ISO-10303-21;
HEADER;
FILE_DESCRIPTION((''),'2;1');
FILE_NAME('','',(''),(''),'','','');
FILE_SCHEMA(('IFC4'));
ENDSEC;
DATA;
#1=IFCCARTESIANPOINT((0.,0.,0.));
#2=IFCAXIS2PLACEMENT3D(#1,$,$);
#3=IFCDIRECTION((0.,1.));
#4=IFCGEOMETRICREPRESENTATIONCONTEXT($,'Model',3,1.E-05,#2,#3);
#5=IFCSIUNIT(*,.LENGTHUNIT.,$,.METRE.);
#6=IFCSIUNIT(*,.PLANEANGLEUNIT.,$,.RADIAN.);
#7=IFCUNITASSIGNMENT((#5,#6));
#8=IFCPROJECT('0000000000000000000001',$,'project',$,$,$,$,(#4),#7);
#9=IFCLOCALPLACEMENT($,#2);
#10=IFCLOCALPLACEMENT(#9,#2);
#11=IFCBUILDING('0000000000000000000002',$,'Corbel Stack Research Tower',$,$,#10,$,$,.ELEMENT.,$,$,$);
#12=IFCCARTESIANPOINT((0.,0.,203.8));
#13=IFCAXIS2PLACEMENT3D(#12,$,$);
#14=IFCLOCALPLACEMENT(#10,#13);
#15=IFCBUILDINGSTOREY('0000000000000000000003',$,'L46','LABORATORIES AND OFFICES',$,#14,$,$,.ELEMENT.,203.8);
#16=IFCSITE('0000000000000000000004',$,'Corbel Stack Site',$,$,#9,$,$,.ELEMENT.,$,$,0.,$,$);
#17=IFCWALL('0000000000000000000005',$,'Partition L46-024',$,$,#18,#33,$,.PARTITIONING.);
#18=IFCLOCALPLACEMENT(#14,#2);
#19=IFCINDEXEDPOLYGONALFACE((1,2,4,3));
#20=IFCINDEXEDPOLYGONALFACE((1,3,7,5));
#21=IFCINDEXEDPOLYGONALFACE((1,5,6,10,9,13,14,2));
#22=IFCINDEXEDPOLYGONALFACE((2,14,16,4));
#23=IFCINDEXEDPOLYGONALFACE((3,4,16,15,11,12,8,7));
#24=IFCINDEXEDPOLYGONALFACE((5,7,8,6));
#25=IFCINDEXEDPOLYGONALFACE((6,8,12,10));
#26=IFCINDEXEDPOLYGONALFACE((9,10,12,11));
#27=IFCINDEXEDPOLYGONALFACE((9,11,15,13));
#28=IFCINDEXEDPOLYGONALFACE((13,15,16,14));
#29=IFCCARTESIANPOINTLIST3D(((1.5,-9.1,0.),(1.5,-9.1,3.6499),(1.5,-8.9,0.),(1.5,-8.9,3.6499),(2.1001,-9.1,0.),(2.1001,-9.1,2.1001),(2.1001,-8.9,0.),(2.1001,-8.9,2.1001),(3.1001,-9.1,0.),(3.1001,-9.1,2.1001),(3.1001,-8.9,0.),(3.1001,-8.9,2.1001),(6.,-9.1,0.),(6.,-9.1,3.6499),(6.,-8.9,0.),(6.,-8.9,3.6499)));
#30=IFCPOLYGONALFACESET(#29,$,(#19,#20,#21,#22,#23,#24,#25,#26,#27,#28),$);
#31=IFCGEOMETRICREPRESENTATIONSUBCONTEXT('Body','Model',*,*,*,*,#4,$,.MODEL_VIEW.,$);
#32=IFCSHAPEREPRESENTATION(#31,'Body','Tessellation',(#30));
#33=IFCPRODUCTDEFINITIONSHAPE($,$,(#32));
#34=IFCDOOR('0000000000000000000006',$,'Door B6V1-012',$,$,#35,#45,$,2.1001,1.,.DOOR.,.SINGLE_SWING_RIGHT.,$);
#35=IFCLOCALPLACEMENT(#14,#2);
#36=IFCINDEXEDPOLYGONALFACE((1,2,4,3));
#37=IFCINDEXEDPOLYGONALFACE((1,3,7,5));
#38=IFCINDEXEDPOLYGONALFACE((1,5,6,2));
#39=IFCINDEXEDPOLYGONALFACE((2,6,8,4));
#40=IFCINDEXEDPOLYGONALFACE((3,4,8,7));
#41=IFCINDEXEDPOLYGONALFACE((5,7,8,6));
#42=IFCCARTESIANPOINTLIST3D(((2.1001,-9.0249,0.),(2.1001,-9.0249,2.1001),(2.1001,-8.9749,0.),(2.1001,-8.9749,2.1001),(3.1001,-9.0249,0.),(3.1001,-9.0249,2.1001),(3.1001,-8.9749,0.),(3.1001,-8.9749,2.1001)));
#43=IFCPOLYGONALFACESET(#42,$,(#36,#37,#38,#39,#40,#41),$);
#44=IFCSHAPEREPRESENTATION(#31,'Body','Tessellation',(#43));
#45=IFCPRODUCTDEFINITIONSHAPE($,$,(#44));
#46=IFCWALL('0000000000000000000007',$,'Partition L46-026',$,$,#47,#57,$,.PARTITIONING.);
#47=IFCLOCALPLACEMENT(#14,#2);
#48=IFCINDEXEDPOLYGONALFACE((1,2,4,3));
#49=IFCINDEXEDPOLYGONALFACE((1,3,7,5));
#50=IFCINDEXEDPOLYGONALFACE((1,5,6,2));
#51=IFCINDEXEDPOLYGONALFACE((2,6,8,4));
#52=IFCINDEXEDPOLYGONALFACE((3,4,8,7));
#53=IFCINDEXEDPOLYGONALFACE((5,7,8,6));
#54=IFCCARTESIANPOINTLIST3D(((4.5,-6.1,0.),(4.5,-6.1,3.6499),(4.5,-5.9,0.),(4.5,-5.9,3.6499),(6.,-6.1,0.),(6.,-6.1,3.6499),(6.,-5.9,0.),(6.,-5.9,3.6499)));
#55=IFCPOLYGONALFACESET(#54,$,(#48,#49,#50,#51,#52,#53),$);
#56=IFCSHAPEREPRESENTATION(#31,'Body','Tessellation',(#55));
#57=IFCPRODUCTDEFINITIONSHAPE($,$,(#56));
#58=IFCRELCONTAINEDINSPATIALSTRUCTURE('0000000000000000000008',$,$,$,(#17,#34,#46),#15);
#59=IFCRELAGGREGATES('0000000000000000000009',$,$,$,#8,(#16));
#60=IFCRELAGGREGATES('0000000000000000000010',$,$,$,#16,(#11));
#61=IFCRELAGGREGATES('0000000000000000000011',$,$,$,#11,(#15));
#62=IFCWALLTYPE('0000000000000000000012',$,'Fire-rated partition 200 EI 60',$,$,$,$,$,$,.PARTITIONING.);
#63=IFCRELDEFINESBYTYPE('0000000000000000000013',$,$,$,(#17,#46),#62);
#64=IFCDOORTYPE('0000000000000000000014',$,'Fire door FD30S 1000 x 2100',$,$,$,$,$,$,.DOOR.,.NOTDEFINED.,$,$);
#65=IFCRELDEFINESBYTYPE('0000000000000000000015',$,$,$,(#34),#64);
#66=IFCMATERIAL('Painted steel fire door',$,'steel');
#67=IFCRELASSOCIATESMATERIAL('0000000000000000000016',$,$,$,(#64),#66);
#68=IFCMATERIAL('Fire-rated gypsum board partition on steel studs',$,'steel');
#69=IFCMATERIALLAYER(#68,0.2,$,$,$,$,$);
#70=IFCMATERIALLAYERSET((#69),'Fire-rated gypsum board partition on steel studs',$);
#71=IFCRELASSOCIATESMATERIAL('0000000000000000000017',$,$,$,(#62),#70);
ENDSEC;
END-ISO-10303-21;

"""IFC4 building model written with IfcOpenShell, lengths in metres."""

from ifc_helpers import new_model, si_unit, direction, frame, frame_2d, origin, place, context, subcontext, project, spatial, rectangle, extrude, material, layer, layer_set, type_object, element, fill, save


model = new_model("IFC4")

# Units and contexts
model_context = context("Model", 3, precision=1e-05, world=origin(), true_north=direction((0.0, 1.0)))
body_context = subcontext(model_context, "Body", "Model", "MODEL_VIEW")
ifc_project = project(units=[si_unit("LENGTHUNIT", "METRE"), si_unit("PLANEANGLEUNIT", "RADIAN")], contexts=[model_context])

# Site, building, storey
site_placement = place(None, origin())
site = spatial("IfcSite", under=ifc_project, at=site_placement, Name="Corbel Stack Site", CompositionType="ELEMENT", RefElevation=0.0)
building_placement = place(site_placement, origin())
building = spatial("IfcBuilding", under=site, at=building_placement, Name="Corbel Stack Research Tower", CompositionType="ELEMENT")
storey_placement = place(building_placement, frame((0.0, 0.0, 203.8)))
storey = spatial("IfcBuildingStorey", under=building, at=storey_placement, Name="L46", Description="LABORATORIES AND OFFICES", CompositionType="ELEMENT", Elevation=203.8)

# Shared definitions
ifc_material_1 = material(Name="Painted steel fire door", Category="steel")
door_type_1 = type_object("IfcDoorType", Name="Fire door FD30S 1000 x 2100", OperationType="NOTDEFINED", PredefinedType="DOOR", material=ifc_material_1)
ifc_material_2 = material(Name="Fire-rated gypsum board partition on steel studs", Category="steel")
ifc_layer_1 = layer(ifc_material_2, 0.2)
ifc_layer_set_1 = layer_set([ifc_layer_1], Name="Fire-rated gypsum board partition on steel studs")
wall_type_1 = type_object("IfcWallType", Name="Fire-rated partition 200 EI 60", PredefinedType="PARTITIONING", material=ifc_layer_set_1)

# Wall, opening, door
wall_1_placement = place(storey_placement, frame((6.0, -9.0, 0.0), z_axis=(0.0, 0.0, 1.0), x_axis=(-1.0, 0.0, 0.0)))
wall_1 = element("IfcWall", 1, at=wall_1_placement, inside=storey, type_object=wall_type_1, Name="Partition L46-024", PredefinedType="PARTITIONING", context=body_context, shape_type="SweptSolid", body=[
    extrude(rectangle(XDim=4.5, YDim=0.2, at=frame_2d((2.25, 0.0))), origin(), (0.0, 0.0, 1.0), 3.6499),
])
opening_1_placement = place(wall_1_placement, frame((2.8999, 0.0, 0.0)))
opening_1 = element("IfcOpeningElement", 2, at=opening_1_placement, cuts=wall_1, PredefinedType="OPENING", context=body_context, shape_type="SweptSolid", body=[
    extrude(rectangle(XDim=1.0, YDim=2.1001, at=frame_2d((0.5, 1.05))), frame((0.0, 0.1099, 0.0), z_axis=(0.0, -1.0, 0.0), x_axis=(1.0, 0.0, 0.0)), (0.0, 0.0, 1.0), 0.22),
])
door_1_placement = place(opening_1_placement, origin())
door_1 = element("IfcDoor", 3, at=door_1_placement, inside=storey, type_object=door_type_1, Name="Door B6V1-012", OperationType="SINGLE_SWING_RIGHT", OverallHeight=2.1001, OverallWidth=1.0, PredefinedType="DOOR", context=body_context, shape_type="SweptSolid", body=[
    extrude(rectangle(XDim=1.0, YDim=2.1001, at=frame_2d((0.5, 1.05))), frame((0.0, 0.0249, 0.0), z_axis=(0.0, -1.0, 0.0), x_axis=(1.0, 0.0, 0.0)), (0.0, 0.0, 1.0), 0.05),
])
fill(opening_1, door_1)

# Wall
wall_2_placement = place(storey_placement, frame((4.5, -6.0, 0.0), z_axis=(0.0, 0.0, 1.0), x_axis=(1.0, 0.0, 0.0)))
element("IfcWall", 4, at=wall_2_placement, inside=storey, type_object=wall_type_1, Name="Partition L46-026", PredefinedType="PARTITIONING", context=body_context, shape_type="SweptSolid", body=[
    extrude(rectangle(XDim=1.5, YDim=0.2, at=frame_2d((0.75, 0.0))), origin(), (0.0, 0.0, 1.0), 3.6499),
])

save(model, "model.ifc")
